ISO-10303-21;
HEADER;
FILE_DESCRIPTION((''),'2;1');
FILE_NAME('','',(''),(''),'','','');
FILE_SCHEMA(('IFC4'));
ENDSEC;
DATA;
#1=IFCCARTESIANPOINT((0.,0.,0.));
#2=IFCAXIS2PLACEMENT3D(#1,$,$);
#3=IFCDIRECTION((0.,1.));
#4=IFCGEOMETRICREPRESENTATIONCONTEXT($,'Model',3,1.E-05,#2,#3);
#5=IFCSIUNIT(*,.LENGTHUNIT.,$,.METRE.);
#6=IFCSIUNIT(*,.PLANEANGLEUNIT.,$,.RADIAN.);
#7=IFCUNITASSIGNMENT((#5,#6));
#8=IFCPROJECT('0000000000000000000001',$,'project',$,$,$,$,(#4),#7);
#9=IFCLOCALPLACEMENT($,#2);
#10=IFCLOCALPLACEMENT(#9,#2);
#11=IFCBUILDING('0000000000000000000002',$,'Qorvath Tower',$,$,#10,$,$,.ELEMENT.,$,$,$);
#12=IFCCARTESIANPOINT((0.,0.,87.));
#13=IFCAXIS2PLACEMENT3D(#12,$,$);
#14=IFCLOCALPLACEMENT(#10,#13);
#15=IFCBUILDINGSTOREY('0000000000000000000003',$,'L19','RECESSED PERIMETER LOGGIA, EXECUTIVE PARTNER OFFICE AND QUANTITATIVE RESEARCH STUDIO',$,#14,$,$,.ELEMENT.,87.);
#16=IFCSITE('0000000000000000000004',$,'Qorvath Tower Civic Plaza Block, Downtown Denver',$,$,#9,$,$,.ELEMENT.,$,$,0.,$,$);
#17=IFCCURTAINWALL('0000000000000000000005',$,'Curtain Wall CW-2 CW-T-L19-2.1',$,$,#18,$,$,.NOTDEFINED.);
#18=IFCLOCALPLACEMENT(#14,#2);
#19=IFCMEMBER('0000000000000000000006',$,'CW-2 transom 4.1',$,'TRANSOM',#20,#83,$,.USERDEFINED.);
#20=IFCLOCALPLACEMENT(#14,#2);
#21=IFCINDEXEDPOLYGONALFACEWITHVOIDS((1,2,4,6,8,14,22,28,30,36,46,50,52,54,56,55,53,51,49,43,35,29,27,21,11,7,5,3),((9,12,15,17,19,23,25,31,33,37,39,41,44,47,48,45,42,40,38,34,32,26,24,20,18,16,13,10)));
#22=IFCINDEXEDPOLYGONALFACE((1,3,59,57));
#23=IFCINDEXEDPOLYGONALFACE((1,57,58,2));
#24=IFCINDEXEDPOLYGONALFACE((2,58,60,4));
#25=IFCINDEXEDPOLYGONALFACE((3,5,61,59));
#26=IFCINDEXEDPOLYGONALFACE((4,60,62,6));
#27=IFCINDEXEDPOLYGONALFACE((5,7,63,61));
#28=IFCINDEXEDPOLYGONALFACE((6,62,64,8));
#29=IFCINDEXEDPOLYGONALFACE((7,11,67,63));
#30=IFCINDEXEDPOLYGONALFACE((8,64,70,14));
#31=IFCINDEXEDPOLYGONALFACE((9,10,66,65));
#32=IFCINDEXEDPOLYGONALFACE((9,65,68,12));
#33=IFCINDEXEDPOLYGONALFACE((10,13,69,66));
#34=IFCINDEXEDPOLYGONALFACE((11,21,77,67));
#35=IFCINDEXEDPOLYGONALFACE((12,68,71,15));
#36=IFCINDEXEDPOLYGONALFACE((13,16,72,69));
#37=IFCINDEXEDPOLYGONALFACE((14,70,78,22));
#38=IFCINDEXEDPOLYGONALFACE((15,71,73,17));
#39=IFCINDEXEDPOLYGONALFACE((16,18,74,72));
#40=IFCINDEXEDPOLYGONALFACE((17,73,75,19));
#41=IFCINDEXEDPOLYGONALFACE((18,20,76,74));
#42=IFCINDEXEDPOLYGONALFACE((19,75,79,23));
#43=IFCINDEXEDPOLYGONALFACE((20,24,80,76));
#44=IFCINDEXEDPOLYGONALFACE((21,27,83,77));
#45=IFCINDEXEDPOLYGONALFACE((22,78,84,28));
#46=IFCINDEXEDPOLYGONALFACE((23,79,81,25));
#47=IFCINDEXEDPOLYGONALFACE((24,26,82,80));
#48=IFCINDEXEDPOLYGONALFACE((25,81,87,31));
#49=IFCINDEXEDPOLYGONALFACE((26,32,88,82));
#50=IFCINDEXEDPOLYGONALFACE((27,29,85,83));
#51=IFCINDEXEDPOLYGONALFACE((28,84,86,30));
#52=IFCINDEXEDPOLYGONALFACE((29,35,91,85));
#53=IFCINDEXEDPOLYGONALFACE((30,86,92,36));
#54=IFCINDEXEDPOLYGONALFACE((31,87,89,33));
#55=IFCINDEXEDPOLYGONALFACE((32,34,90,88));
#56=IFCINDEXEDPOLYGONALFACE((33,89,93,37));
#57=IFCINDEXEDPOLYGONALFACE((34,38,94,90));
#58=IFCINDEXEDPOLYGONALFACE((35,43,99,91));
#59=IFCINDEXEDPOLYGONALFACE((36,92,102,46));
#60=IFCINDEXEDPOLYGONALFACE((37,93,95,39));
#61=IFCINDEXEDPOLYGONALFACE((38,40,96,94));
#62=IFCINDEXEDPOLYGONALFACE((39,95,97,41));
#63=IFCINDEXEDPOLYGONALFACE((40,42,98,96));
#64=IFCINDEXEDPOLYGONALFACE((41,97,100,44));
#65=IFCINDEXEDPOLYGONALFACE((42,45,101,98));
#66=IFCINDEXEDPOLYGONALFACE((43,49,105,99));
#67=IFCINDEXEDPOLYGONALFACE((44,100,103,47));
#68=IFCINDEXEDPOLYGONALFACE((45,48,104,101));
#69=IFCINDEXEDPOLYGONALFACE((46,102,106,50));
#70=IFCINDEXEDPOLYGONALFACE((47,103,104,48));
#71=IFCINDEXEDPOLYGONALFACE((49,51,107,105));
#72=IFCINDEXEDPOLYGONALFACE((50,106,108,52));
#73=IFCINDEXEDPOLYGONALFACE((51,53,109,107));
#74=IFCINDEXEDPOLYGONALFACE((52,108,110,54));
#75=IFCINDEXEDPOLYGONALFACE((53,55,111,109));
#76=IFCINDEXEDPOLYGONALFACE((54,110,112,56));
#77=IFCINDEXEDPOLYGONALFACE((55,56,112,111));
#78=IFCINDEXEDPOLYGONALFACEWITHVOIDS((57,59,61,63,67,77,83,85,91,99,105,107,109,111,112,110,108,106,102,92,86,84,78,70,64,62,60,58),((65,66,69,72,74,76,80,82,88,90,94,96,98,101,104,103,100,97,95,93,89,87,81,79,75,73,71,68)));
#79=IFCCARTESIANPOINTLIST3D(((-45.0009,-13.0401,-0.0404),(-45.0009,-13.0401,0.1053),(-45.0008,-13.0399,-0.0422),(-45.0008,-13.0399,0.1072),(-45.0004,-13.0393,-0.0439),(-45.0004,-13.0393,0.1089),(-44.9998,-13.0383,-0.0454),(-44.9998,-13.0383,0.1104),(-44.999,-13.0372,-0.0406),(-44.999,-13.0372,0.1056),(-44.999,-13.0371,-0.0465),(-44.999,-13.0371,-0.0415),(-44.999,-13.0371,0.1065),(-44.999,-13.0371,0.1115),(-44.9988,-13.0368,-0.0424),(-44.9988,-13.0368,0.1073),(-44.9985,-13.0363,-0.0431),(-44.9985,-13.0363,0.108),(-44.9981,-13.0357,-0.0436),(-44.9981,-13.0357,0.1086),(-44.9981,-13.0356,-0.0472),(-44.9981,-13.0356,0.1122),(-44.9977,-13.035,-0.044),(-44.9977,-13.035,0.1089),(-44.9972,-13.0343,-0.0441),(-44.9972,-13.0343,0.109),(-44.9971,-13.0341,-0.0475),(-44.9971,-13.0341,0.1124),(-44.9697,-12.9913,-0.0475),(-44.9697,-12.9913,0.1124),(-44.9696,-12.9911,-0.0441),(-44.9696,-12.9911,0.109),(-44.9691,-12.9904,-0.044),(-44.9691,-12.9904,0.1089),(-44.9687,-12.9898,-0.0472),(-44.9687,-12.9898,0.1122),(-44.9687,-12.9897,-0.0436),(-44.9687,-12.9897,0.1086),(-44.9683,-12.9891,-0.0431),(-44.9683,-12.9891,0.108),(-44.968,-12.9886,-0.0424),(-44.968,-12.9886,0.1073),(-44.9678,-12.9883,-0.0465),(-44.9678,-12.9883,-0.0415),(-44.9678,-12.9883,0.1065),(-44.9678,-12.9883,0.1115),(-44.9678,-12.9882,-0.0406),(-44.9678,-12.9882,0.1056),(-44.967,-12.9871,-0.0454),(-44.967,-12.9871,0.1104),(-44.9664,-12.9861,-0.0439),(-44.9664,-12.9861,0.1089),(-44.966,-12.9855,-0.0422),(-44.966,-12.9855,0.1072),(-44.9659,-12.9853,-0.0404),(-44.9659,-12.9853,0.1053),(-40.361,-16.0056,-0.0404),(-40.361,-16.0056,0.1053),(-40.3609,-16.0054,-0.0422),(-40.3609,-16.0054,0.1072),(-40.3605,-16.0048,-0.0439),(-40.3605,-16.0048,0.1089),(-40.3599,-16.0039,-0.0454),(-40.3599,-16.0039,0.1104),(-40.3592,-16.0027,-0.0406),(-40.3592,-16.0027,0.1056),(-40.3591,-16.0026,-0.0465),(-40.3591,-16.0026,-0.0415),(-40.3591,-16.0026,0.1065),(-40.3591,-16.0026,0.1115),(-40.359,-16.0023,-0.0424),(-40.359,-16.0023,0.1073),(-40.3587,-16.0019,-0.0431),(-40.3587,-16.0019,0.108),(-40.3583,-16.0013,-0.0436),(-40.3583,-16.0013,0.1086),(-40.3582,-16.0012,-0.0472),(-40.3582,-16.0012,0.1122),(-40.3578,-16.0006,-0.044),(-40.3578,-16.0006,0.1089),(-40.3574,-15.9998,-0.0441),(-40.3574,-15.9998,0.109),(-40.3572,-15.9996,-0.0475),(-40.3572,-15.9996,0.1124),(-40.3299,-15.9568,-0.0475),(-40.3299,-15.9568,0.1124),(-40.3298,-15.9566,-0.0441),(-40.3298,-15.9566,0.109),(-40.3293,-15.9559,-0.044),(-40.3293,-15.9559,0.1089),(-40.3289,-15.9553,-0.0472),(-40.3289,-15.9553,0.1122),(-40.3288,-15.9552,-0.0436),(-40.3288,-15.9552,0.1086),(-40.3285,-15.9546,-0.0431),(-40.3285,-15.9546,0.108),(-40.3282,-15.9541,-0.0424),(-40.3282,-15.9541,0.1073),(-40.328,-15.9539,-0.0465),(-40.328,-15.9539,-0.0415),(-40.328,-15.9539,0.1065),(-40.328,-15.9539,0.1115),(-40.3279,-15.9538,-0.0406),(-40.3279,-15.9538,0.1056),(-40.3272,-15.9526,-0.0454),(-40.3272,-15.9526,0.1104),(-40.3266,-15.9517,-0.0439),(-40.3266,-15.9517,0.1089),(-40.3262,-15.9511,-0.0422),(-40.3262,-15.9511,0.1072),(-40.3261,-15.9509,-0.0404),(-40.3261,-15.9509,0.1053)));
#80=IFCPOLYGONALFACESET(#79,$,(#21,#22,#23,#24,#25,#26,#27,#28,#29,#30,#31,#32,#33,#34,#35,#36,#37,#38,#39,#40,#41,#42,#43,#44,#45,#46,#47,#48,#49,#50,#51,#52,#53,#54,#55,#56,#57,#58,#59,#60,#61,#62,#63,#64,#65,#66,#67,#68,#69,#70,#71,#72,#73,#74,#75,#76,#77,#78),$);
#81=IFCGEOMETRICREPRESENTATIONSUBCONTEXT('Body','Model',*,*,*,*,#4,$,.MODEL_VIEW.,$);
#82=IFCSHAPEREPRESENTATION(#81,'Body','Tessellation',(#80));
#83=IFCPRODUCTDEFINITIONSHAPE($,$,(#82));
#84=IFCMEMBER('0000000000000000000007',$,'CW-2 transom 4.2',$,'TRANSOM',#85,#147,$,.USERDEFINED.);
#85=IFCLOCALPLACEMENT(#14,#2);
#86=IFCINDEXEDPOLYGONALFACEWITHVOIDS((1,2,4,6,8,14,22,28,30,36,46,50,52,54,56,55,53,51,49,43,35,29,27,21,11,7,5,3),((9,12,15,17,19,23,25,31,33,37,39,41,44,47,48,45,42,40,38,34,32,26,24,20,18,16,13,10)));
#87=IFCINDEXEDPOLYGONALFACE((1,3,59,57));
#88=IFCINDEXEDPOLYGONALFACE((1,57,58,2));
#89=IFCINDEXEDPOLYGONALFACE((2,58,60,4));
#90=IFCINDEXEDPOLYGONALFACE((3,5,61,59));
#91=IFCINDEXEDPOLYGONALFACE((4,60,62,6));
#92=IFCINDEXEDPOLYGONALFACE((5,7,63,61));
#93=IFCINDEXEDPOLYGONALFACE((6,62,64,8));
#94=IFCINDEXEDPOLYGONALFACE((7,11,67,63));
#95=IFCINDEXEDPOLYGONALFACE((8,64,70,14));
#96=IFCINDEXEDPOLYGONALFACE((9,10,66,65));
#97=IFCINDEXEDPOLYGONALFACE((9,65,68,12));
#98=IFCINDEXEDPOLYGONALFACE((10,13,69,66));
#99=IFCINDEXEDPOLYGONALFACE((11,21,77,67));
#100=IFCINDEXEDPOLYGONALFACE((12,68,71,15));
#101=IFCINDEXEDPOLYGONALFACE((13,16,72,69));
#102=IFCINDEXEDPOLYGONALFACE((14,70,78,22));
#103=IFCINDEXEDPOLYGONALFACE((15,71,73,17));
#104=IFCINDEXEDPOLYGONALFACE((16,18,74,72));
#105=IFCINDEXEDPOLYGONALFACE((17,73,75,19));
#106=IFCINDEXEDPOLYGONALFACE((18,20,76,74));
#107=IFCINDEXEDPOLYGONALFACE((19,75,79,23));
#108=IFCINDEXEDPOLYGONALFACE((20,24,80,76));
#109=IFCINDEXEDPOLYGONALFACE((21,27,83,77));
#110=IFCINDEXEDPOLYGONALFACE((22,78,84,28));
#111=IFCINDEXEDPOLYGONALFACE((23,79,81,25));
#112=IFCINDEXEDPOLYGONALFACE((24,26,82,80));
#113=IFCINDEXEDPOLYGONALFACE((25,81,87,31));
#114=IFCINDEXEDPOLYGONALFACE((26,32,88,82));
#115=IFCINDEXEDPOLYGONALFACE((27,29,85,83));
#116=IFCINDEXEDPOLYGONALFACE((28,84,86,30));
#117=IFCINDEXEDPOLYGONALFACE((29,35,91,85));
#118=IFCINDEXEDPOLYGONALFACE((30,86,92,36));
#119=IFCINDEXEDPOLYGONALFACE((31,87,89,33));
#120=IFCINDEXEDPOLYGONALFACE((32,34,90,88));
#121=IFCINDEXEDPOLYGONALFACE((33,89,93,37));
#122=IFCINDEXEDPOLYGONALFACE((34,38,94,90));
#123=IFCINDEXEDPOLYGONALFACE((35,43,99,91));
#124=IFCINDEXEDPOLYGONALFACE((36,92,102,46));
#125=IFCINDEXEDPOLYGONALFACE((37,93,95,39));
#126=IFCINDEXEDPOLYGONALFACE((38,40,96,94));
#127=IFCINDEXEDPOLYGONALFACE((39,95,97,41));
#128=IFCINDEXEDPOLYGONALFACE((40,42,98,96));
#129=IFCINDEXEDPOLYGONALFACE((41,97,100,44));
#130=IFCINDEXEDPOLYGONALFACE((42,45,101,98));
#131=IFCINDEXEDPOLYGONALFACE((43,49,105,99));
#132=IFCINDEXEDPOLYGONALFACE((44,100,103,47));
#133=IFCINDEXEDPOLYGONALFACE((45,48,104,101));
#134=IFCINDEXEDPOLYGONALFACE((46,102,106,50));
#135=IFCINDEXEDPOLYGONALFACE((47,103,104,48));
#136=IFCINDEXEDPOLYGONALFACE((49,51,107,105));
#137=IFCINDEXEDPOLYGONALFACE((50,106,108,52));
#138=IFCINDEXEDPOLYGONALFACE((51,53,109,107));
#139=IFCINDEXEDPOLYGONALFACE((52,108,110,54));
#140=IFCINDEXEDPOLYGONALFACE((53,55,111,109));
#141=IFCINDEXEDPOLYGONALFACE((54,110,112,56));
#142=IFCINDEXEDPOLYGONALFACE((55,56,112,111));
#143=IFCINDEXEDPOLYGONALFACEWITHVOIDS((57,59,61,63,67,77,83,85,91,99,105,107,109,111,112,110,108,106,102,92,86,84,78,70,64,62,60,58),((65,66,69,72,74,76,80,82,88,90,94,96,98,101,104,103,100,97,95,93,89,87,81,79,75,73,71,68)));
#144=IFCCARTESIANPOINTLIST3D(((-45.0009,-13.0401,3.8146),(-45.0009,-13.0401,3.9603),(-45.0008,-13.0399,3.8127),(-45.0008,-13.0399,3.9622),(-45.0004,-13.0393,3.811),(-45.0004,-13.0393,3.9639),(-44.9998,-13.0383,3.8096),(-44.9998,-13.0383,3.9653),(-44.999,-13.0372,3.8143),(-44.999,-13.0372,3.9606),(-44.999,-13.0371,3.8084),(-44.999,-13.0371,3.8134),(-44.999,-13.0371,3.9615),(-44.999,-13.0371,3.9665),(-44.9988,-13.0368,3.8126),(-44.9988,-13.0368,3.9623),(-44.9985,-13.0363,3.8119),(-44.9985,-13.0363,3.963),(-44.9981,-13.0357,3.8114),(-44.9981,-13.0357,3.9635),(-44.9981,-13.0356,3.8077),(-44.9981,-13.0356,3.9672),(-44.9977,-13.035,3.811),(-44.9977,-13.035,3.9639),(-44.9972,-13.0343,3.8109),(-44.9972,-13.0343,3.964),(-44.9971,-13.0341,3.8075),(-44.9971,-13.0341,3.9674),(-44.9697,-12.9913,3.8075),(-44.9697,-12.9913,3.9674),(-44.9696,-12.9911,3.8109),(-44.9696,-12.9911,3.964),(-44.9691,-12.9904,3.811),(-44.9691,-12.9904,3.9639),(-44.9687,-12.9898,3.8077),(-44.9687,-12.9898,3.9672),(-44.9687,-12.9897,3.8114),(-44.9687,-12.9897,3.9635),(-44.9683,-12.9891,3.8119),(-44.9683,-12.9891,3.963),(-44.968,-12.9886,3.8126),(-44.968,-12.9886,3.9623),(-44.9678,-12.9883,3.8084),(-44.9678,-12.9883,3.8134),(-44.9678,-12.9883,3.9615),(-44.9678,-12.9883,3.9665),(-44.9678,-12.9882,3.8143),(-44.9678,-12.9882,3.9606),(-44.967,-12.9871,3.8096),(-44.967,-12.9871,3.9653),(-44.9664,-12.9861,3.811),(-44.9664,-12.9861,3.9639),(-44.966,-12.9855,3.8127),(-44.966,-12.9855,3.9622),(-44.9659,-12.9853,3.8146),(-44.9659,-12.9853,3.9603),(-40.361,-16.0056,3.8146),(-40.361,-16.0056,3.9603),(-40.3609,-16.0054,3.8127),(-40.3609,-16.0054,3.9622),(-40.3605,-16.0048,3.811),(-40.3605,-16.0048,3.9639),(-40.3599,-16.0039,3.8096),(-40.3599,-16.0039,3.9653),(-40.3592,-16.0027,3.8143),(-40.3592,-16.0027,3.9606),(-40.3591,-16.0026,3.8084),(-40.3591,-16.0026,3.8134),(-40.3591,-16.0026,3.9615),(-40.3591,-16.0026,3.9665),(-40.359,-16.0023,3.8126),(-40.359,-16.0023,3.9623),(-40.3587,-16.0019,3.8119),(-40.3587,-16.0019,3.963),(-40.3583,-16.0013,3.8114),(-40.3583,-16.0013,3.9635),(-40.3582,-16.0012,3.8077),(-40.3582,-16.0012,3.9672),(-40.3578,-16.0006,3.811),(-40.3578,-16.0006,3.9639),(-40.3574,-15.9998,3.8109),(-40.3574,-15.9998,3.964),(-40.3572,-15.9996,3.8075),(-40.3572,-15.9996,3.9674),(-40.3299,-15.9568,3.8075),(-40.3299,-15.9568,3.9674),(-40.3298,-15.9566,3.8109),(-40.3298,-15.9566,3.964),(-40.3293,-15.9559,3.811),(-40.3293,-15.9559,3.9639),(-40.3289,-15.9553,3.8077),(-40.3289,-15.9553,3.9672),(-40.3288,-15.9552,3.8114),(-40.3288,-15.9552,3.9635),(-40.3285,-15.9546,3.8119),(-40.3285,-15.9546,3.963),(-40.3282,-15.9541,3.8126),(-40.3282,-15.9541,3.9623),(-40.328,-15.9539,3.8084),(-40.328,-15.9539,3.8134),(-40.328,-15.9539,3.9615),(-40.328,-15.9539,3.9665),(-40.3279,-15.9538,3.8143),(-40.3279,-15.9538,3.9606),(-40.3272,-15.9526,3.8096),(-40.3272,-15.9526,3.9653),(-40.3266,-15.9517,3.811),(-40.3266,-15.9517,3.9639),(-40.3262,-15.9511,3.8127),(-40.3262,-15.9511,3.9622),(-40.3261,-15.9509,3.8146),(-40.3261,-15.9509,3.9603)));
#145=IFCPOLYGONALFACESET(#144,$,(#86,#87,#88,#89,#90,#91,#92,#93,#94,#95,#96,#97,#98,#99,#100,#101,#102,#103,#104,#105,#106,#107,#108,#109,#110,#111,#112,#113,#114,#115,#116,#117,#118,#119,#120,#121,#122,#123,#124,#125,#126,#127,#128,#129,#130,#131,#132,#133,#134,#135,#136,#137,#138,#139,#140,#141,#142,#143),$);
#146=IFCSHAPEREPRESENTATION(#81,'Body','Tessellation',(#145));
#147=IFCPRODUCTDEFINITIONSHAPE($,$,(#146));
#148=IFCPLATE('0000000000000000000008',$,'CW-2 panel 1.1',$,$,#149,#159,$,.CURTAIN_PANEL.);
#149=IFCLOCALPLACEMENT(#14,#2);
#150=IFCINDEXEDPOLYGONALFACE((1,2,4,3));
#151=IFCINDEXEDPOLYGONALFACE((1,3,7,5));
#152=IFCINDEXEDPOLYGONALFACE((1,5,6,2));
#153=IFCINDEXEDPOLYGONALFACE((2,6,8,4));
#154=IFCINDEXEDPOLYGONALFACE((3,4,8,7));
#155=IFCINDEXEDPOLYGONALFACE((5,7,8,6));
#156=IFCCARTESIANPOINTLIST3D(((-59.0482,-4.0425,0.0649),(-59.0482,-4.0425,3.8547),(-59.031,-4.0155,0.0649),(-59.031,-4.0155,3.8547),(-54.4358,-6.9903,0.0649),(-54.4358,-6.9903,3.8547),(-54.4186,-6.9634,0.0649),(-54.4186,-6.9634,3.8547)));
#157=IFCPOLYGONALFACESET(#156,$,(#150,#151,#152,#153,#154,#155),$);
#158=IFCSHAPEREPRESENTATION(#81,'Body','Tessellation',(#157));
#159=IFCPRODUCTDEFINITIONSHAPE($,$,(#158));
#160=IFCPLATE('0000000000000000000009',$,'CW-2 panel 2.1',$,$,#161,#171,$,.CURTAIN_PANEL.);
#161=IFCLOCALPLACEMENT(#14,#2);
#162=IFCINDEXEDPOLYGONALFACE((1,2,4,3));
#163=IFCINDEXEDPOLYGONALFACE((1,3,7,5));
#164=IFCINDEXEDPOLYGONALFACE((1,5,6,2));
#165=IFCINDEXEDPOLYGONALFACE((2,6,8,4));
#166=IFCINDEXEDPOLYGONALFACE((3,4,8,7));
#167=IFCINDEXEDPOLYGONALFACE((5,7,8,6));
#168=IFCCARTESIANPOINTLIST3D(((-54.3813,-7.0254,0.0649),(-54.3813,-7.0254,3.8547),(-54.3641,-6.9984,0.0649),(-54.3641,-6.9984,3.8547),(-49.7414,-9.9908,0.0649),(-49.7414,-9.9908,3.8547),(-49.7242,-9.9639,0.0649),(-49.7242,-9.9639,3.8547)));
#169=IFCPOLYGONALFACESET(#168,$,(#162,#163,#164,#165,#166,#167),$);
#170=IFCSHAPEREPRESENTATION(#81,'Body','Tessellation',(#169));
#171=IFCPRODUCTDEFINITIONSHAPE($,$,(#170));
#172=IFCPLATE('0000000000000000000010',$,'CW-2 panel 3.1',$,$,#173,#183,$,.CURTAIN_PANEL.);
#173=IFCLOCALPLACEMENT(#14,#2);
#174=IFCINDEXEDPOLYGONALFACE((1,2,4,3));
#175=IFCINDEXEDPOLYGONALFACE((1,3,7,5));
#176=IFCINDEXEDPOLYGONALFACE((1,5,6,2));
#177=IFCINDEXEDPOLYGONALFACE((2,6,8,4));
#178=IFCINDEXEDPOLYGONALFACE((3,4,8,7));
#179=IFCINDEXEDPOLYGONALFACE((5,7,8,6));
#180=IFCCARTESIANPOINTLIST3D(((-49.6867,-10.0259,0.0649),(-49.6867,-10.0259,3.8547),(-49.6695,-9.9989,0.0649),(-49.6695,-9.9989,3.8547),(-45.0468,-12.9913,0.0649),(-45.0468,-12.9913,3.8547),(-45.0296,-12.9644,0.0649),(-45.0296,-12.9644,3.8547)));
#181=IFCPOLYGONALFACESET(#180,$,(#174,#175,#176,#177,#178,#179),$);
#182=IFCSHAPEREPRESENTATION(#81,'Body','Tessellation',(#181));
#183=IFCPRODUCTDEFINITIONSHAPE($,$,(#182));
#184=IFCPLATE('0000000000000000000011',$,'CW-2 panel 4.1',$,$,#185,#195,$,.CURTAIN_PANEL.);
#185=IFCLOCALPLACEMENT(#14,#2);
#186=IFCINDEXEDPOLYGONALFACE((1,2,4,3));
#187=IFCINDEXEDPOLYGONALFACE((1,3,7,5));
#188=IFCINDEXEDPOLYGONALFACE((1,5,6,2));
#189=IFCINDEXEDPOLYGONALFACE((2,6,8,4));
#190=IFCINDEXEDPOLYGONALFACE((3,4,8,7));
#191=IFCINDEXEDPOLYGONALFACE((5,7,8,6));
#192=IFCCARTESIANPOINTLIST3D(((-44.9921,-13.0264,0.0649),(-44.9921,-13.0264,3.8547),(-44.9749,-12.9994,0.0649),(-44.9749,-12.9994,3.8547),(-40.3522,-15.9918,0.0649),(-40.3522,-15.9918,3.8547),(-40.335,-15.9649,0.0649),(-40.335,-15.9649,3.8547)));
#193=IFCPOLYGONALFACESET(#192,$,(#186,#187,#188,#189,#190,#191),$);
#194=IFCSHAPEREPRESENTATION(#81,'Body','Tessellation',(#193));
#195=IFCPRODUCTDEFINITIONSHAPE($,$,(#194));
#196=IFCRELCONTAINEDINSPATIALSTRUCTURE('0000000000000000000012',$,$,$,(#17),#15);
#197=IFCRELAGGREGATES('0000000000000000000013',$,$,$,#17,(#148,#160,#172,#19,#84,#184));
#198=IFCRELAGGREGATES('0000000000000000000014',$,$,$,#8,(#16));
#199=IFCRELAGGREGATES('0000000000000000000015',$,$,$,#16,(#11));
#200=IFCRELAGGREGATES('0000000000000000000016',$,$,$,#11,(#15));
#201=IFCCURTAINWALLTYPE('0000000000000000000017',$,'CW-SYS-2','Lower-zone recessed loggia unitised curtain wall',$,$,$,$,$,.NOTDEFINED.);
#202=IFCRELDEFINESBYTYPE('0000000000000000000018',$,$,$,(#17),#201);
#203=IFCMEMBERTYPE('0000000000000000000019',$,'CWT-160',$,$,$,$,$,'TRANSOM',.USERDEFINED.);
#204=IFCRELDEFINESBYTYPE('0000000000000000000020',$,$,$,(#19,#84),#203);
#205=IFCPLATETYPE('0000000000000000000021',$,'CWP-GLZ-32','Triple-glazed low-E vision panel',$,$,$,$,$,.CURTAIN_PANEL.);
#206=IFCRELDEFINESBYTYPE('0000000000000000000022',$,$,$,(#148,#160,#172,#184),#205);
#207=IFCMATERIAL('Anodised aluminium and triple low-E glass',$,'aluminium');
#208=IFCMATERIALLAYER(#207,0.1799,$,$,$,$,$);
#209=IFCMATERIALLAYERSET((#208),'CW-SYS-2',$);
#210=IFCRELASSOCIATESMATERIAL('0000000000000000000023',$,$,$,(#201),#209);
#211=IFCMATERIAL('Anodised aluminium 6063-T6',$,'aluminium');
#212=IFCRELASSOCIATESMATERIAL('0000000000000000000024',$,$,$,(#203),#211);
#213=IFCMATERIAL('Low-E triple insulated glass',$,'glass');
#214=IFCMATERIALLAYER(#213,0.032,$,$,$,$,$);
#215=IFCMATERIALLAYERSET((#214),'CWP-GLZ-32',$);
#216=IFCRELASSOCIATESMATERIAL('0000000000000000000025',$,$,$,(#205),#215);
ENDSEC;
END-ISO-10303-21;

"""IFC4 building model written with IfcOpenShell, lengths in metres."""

from ifc_helpers import new_model, si_unit, direction, frame, origin, origin_2d, place, context, subcontext, project, spatial, rectangle, hollow_rectangle, extrude, material, layer, layer_set, material_profile, profile_set, type_object, element, aggregate, save


model = new_model("IFC4")

# Units and contexts
model_context = context("Model", 3, precision=1e-05, world=origin(), true_north=direction((0.0, 1.0)))
body_context = subcontext(model_context, "Body", "Model", "MODEL_VIEW")
ifc_project = project(units=[si_unit("LENGTHUNIT", "METRE"), si_unit("PLANEANGLEUNIT", "RADIAN")], contexts=[model_context])

# Site, building, storey
site_placement = place(None, origin())
site = spatial("IfcSite", under=ifc_project, at=site_placement, Name="Qorvath Tower Civic Plaza Block, Downtown Denver", CompositionType="ELEMENT", RefElevation=0.0)
building_placement = place(site_placement, origin())
building = spatial("IfcBuilding", under=site, at=building_placement, Name="Qorvath Tower", CompositionType="ELEMENT")
storey_placement = place(building_placement, frame((0.0, 0.0, 87.0)))
storey = spatial("IfcBuildingStorey", under=building, at=storey_placement, Name="L19", Description="RECESSED PERIMETER LOGGIA, EXECUTIVE PARTNER OFFICE AND QUANTITATIVE RESEARCH STUDIO", CompositionType="ELEMENT", Elevation=87.0)

# Curtain wall, members, plates
ifc_material_1 = material(Name="Anodised aluminium and triple low-E glass", Category="aluminium")
ifc_layer_1 = layer(ifc_material_1, 0.1799)
ifc_layer_set_1 = layer_set([ifc_layer_1], Name="CW-SYS-2")
curtain_wall_type = type_object("IfcCurtainWallType", Name="CW-SYS-2", Description="Lower-zone recessed loggia unitised curtain wall", PredefinedType="NOTDEFINED", material=ifc_layer_set_1)
curtain_wall_placement = place(storey_placement, origin())
curtain_wall = element("IfcCurtainWall", 1, at=curtain_wall_placement, inside=storey, type_object=curtain_wall_type, Name="Curtain Wall CW-2 CW-T-L19-2.1", PredefinedType="NOTDEFINED")
ifc_material_2 = material(Name="Anodised aluminium 6063-T6", Category="aluminium")
ifc_material_profile_1 = material_profile(ifc_material_2, hollow_rectangle(XDim=0.0649, YDim=0.1599, WallThickness=0.0034, InnerFilletRadius=0.0034, OuterFilletRadius=0.0071, at=origin_2d()), Name="CWT 160x65")
ifc_profile_set_1 = profile_set([ifc_material_profile_1], Name="Anodised aluminium 6063-T6")
member_type_1 = type_object("IfcMemberType", Name="CWT-160", ElementType="TRANSOM", PredefinedType="USERDEFINED", material=ifc_profile_set_1)
member_1_placement = place(storey_placement, frame((-44.9834, -13.0127, 0.0325), z_axis=(0.842597, -0.538544, 0.0), x_axis=(0.538544, 0.842597, 0.0)))
member_1 = element("IfcMember", 2, at=member_1_placement, type_object=member_type_1, Name="CW-2 transom 4.1", ObjectType="TRANSOM", PredefinedType="USERDEFINED", context=body_context, shape_type="SweptSolid", body=[
    extrude(hollow_rectangle(XDim=0.0649, YDim=0.1599, WallThickness=0.0034, InnerFilletRadius=0.0034, OuterFilletRadius=0.0071, at=origin_2d()), origin(), (0.0, 0.0, 1.0), 5.5066),
])
member_2_placement = place(storey_placement, frame((-44.9834, -13.0127, 3.8875), z_axis=(0.842597, -0.538544, 0.0), x_axis=(0.538544, 0.842597, 0.0)))
member_2 = element("IfcMember", 3, at=member_2_placement, type_object=member_type_1, Name="CW-2 transom 4.2", ObjectType="TRANSOM", PredefinedType="USERDEFINED", context=body_context, shape_type="SweptSolid", body=[
    extrude(hollow_rectangle(XDim=0.0649, YDim=0.1599, WallThickness=0.0034, InnerFilletRadius=0.0034, OuterFilletRadius=0.0071, at=origin_2d()), origin(), (0.0, 0.0, 1.0), 5.5066),
])
ifc_material_3 = material(Name="Low-E triple insulated glass", Category="glass")
ifc_layer_2 = layer(ifc_material_3, 0.032)
ifc_layer_set_2 = layer_set([ifc_layer_2], Name="CWP-GLZ-32")
plate_type = type_object("IfcPlateType", Name="CWP-GLZ-32", Description="Triple-glazed low-E vision panel", PredefinedType="CURTAIN_PANEL", material=ifc_layer_set_2)
plate_1_placement = place(storey_placement, frame((-56.7334, -5.5029, 0.0649), z_axis=(0.0, 0.0, 1.0), x_axis=(0.842608, -0.538528, 0.0)))
plate_1 = element("IfcPlate", 4, at=plate_1_placement, type_object=plate_type, Name="CW-2 panel 1.1", PredefinedType="CURTAIN_PANEL", context=body_context, shape_type="SweptSolid", body=[
    extrude(rectangle(XDim=5.4739, YDim=0.032, at=origin_2d()), origin(), (0.0, 0.0, 1.0), 3.7898),
])
plate_2_placement = place(storey_placement, frame((-52.0527, -8.4946, 0.0649), z_axis=(0.0, 0.0, 1.0), x_axis=(0.842608, -0.538528, 0.0)))
plate_2 = element("IfcPlate", 5, at=plate_2_placement, type_object=plate_type, Name="CW-2 panel 2.1", PredefinedType="CURTAIN_PANEL", context=body_context, shape_type="SweptSolid", body=[
    extrude(rectangle(XDim=5.5066, YDim=0.032, at=origin_2d()), origin(), (0.0, 0.0, 1.0), 3.7898),
])
plate_3_placement = place(storey_placement, frame((-47.3582, -11.4951, 0.0649), z_axis=(0.0, 0.0, 1.0), x_axis=(0.842608, -0.538528, 0.0)))
plate_3 = element("IfcPlate", 6, at=plate_3_placement, type_object=plate_type, Name="CW-2 panel 3.1", PredefinedType="CURTAIN_PANEL", context=body_context, shape_type="SweptSolid", body=[
    extrude(rectangle(XDim=5.5066, YDim=0.032, at=origin_2d()), origin(), (0.0, 0.0, 1.0), 3.7898),
])
plate_4_placement = place(storey_placement, frame((-42.6636, -14.4956, 0.0649), z_axis=(0.0, 0.0, 1.0), x_axis=(0.842608, -0.538528, 0.0)))
plate_4 = element("IfcPlate", 7, at=plate_4_placement, type_object=plate_type, Name="CW-2 panel 4.1", PredefinedType="CURTAIN_PANEL", context=body_context, shape_type="SweptSolid", body=[
    extrude(rectangle(XDim=5.5066, YDim=0.032, at=origin_2d()), origin(), (0.0, 0.0, 1.0), 3.7898),
])
aggregate(curtain_wall, [plate_1, plate_2, plate_3, member_1, member_2, plate_4])

save(model, "model.ifc")
